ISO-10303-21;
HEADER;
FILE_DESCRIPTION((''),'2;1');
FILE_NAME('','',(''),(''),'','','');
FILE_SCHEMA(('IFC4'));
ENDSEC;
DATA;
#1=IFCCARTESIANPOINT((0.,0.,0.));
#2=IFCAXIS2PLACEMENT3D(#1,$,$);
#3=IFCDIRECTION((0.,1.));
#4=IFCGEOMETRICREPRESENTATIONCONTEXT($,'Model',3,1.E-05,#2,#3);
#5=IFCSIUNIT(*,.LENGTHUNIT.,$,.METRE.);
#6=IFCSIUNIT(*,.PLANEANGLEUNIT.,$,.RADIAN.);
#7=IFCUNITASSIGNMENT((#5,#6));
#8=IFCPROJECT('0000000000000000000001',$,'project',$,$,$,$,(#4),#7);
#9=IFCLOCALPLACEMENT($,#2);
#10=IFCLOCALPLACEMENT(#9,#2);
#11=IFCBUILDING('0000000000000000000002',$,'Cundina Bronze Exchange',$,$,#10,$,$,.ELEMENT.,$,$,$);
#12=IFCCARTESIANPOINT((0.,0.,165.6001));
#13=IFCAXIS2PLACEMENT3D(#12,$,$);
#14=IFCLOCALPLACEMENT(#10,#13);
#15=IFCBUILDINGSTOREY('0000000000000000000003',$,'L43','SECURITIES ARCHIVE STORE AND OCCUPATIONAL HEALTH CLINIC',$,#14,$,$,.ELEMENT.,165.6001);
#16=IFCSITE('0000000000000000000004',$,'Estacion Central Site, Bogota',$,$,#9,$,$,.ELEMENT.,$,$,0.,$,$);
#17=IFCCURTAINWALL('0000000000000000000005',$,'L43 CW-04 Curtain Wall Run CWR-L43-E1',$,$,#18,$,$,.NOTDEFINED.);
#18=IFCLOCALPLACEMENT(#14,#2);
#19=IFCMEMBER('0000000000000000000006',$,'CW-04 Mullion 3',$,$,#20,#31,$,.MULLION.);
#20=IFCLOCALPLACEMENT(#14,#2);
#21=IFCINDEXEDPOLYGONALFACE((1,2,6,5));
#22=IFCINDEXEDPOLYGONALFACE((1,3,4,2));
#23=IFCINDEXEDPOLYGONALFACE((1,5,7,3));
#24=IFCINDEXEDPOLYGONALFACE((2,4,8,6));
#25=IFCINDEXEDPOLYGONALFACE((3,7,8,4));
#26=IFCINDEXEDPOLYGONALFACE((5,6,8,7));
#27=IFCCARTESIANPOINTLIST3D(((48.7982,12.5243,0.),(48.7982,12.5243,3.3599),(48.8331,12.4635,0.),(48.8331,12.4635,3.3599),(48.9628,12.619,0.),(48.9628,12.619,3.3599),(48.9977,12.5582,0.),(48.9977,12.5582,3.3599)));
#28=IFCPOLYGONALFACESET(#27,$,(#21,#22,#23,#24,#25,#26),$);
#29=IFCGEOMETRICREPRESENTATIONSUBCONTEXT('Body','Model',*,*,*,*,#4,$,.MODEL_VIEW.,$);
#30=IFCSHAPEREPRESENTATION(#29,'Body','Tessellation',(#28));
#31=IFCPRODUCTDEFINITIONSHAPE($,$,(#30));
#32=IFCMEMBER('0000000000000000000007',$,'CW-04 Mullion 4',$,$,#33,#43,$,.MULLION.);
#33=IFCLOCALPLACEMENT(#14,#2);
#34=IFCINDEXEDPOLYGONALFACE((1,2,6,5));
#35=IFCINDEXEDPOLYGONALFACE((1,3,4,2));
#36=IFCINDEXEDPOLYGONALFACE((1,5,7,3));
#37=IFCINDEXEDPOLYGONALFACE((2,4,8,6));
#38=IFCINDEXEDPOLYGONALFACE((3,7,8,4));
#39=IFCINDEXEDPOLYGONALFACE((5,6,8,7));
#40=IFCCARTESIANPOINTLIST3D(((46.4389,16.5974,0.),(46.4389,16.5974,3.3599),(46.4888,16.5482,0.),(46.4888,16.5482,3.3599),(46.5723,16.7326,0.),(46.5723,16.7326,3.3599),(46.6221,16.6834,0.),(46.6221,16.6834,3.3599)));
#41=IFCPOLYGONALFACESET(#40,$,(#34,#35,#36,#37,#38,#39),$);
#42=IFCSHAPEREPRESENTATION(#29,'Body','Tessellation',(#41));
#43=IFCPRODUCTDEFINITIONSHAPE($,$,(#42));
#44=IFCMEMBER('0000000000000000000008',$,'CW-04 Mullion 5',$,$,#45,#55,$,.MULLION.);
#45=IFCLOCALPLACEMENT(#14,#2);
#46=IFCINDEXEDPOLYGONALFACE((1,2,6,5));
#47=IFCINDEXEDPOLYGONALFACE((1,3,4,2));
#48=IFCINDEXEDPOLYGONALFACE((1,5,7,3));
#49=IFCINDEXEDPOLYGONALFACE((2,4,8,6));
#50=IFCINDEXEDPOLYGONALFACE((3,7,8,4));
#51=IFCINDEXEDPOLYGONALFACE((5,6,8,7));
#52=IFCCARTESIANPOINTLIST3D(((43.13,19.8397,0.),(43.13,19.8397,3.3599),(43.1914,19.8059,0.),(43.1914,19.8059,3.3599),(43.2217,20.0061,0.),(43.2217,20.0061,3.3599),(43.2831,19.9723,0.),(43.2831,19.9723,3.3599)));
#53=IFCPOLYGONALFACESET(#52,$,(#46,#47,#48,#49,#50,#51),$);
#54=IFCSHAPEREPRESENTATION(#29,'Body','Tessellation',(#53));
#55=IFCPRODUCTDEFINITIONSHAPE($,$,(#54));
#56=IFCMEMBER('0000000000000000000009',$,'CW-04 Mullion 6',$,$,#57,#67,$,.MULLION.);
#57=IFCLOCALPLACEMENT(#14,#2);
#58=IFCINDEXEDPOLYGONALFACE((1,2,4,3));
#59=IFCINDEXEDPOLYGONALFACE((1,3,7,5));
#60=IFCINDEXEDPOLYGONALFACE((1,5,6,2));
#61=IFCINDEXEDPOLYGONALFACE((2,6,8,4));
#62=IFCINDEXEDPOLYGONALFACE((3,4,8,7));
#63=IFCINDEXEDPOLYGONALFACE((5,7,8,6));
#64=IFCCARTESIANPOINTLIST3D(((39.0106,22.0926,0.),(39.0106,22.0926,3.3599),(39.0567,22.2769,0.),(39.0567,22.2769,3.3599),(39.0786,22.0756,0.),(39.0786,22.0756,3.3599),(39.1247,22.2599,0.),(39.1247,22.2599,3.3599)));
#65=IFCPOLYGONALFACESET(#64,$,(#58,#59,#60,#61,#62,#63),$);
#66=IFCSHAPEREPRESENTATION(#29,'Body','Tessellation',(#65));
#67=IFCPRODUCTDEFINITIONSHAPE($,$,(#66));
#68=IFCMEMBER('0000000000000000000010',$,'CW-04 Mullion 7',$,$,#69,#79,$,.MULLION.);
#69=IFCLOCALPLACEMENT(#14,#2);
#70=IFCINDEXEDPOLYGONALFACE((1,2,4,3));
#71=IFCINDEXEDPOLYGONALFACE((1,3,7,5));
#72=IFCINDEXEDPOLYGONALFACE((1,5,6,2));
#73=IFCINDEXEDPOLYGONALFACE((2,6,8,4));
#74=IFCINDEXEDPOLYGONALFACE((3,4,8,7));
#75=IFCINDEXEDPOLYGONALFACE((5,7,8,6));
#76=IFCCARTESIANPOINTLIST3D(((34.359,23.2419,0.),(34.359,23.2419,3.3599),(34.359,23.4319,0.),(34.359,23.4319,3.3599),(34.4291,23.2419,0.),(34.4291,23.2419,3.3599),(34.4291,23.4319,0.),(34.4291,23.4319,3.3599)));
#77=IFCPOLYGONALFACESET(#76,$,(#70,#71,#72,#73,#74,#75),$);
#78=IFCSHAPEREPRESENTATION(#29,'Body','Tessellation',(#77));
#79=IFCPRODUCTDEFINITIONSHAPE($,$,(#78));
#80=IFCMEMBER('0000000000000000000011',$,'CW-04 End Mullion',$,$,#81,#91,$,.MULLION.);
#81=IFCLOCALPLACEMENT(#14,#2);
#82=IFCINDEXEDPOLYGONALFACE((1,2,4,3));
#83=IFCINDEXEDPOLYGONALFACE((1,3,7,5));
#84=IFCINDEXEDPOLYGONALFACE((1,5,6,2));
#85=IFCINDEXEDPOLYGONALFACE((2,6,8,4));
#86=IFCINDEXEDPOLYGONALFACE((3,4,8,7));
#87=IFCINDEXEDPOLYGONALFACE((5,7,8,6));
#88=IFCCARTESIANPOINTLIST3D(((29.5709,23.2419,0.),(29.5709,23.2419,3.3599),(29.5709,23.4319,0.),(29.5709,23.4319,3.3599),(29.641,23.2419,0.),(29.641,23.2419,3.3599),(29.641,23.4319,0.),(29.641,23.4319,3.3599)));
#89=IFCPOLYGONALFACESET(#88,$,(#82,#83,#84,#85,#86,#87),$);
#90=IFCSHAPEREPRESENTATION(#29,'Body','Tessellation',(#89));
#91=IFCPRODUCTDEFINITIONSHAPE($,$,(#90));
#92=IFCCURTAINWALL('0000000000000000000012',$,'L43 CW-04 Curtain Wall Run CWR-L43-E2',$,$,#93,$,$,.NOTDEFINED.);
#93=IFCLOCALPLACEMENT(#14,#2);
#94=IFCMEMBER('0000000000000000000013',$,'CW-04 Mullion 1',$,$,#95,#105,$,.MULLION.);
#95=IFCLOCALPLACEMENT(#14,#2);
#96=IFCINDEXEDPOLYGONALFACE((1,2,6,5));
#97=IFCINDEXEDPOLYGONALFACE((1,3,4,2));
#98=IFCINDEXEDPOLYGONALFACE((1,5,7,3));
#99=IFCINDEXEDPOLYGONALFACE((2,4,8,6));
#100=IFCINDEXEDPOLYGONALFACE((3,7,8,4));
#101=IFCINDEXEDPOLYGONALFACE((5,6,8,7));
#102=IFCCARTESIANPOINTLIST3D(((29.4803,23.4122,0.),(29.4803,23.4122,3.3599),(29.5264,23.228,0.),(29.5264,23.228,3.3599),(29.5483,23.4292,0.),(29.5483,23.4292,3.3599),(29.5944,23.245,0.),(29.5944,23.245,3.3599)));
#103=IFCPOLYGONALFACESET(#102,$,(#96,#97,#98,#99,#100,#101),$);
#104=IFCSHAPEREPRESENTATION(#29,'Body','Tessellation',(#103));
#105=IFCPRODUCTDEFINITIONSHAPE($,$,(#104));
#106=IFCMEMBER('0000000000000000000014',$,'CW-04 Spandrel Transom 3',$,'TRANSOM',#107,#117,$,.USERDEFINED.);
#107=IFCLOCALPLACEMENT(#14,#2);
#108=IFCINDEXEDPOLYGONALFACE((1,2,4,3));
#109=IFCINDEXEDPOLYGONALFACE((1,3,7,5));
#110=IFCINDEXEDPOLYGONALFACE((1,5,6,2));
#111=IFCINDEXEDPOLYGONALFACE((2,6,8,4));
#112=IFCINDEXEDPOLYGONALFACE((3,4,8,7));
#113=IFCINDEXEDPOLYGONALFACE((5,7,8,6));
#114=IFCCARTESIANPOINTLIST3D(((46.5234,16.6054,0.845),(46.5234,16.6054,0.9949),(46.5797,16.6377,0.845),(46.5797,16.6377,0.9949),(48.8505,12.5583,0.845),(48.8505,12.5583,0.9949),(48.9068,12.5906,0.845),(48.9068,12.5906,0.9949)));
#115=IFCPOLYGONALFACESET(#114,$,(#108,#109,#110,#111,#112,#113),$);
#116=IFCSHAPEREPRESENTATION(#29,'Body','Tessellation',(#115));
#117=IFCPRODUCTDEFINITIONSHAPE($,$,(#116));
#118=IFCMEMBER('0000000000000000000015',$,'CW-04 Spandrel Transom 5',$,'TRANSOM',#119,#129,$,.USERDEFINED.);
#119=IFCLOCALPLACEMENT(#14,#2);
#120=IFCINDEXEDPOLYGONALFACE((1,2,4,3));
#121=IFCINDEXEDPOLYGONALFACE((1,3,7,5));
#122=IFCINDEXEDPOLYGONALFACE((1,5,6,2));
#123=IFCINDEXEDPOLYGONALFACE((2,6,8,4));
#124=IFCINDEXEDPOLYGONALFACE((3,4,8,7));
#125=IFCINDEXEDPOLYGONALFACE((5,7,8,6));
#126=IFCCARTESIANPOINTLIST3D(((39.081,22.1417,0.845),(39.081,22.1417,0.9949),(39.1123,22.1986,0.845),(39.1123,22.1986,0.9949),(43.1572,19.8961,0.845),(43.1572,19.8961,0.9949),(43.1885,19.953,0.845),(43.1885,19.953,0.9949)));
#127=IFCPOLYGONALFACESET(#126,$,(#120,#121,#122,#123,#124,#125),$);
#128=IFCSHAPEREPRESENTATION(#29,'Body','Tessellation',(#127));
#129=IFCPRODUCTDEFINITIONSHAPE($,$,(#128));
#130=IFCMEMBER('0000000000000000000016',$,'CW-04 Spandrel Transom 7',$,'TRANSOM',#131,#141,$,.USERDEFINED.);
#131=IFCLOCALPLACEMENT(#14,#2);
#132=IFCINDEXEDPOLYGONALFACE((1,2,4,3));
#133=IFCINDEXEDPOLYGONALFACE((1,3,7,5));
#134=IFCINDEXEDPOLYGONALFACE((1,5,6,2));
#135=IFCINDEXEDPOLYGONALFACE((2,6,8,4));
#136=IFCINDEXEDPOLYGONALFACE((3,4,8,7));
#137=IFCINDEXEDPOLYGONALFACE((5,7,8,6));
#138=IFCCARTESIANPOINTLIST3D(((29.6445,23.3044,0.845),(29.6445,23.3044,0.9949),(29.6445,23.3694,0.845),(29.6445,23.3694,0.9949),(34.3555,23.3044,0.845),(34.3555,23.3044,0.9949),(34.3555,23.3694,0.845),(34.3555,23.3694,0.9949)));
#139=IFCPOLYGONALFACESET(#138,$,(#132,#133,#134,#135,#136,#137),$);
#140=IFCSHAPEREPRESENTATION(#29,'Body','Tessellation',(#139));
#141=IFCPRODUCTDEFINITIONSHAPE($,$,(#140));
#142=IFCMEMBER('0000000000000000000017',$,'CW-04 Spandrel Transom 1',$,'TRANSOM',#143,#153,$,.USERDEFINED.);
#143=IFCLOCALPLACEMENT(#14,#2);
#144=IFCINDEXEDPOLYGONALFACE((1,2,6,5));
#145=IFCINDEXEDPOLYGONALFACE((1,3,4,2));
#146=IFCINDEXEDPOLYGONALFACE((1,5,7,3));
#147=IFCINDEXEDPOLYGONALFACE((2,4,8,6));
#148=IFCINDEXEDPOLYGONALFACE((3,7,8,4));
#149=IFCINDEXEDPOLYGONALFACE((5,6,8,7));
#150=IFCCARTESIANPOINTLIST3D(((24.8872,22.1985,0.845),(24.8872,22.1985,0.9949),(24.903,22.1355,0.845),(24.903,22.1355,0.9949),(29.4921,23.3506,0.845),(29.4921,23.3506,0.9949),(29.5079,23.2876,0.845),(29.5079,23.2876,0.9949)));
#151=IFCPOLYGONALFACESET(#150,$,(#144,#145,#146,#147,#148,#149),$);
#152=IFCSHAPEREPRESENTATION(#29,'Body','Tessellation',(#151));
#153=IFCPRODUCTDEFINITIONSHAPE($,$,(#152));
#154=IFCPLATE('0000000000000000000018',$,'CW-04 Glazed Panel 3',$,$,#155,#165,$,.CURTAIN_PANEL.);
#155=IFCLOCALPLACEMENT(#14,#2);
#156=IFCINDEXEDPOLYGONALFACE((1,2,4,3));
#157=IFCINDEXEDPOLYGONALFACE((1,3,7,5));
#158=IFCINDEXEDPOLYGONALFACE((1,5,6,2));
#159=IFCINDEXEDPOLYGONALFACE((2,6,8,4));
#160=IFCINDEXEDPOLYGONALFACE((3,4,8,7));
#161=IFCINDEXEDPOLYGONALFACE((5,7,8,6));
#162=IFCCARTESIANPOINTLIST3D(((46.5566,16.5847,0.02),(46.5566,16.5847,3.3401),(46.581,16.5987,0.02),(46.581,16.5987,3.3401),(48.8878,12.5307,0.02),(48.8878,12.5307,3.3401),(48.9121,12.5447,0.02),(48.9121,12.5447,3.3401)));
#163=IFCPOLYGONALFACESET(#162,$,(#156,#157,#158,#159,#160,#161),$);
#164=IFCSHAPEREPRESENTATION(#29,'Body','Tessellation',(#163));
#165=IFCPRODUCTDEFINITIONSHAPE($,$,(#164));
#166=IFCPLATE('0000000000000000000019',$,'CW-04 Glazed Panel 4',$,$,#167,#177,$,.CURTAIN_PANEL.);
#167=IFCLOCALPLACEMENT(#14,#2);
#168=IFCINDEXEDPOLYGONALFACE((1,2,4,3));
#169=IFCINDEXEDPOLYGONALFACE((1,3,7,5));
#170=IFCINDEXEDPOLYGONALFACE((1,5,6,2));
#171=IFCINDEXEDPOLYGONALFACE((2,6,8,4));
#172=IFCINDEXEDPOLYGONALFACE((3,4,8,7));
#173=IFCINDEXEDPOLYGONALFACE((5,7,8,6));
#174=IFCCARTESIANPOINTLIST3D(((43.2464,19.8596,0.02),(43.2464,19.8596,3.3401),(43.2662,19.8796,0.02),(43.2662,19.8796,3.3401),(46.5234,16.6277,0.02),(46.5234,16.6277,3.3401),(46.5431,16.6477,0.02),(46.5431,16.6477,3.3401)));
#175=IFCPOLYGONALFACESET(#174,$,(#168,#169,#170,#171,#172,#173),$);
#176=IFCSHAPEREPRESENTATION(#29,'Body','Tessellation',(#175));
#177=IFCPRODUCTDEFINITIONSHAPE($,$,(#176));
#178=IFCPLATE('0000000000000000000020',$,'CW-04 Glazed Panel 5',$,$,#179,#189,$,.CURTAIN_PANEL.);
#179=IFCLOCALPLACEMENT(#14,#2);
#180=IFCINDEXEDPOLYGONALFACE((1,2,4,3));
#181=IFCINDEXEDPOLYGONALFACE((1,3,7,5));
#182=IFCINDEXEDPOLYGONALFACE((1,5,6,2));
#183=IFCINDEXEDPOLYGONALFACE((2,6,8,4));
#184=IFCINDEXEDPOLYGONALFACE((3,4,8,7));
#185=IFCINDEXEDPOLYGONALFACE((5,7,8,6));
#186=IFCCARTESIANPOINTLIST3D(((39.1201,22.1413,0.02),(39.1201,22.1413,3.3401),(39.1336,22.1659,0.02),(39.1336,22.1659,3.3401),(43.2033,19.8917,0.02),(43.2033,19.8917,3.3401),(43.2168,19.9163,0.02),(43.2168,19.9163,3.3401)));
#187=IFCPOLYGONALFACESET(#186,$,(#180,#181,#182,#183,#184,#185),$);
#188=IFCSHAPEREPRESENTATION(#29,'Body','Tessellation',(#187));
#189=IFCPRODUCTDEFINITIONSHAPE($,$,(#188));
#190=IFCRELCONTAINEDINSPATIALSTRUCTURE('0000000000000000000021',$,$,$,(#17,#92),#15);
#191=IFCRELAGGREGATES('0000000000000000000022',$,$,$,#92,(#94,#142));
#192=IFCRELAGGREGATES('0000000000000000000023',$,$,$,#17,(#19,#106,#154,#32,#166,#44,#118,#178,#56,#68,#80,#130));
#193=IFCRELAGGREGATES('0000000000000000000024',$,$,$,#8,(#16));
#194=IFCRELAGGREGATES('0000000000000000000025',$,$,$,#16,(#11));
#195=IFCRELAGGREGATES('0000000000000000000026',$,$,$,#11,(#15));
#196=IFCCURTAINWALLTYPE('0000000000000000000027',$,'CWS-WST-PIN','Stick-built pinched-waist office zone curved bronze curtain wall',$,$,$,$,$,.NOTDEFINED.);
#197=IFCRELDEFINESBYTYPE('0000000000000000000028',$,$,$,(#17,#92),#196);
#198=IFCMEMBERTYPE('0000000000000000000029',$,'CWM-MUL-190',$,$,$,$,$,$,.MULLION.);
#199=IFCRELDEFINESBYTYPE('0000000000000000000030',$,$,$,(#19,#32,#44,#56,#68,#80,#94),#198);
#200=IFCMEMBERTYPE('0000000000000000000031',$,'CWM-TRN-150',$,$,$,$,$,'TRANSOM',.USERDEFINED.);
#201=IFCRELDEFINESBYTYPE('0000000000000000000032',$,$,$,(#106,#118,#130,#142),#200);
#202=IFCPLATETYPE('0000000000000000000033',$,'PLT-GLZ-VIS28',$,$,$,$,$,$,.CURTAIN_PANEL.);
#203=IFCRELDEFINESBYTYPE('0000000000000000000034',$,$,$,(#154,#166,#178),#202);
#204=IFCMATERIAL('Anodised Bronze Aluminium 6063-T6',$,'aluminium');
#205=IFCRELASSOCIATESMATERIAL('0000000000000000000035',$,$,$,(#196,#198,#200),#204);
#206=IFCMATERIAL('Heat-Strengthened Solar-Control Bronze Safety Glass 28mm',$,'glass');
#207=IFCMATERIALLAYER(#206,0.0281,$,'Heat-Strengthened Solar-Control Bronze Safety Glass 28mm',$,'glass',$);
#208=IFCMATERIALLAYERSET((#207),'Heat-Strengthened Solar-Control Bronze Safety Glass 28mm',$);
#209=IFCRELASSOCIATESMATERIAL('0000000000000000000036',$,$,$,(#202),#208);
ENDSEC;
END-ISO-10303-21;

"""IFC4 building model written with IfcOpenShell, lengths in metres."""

from ifc_helpers import new_model, si_unit, direction, frame, origin, origin_2d, place, context, subcontext, project, spatial, rectangle, extrude, material, layer, layer_set, material_profile, profile_set, type_object, element, aggregate, save


model = new_model("IFC4")

# Units and contexts
model_context = context("Model", 3, precision=1e-05, world=origin(), true_north=direction((0.0, 1.0)))
body_context = subcontext(model_context, "Body", "Model", "MODEL_VIEW")
ifc_project = project(units=[si_unit("LENGTHUNIT", "METRE"), si_unit("PLANEANGLEUNIT", "RADIAN")], contexts=[model_context])

# Site, building, storey
site_placement = place(None, origin())
site = spatial("IfcSite", under=ifc_project, at=site_placement, Name="Estacion Central Site, Bogota", CompositionType="ELEMENT", RefElevation=0.0)
building_placement = place(site_placement, origin())
building = spatial("IfcBuilding", under=site, at=building_placement, Name="Cundina Bronze Exchange", CompositionType="ELEMENT")
storey_placement = place(building_placement, frame((0.0, 0.0, 165.6001)))
storey = spatial("IfcBuildingStorey", under=building, at=storey_placement, Name="L43", Description="SECURITIES ARCHIVE STORE AND OCCUPATIONAL HEALTH CLINIC", CompositionType="ELEMENT", Elevation=165.6001)

# Curtain wall, members
ifc_material_1 = material(Name="Anodised Bronze Aluminium 6063-T6", Category="aluminium")
curtain_wall_type = type_object("IfcCurtainWallType", Name="CWS-WST-PIN", Description="Stick-built pinched-waist office zone curved bronze curtain wall", PredefinedType="NOTDEFINED", material=ifc_material_1)
curtain_wall_1_placement = place(storey_placement, origin())
curtain_wall_1 = element("IfcCurtainWall", 1, at=curtain_wall_1_placement, inside=storey, type_object=curtain_wall_type, Name="L43 CW-04 Curtain Wall Run CWR-L43-E1", PredefinedType="NOTDEFINED")
ifc_material_profile_1 = material_profile(ifc_material_1, rectangle(XDim=0.0701, YDim=0.1899, at=origin_2d()), Name="AL70X190", Category="aluminium")
ifc_profile_set_1 = profile_set([ifc_material_profile_1], Name="Anodised Bronze Aluminium 6063-T6")
member_type_1 = type_object("IfcMemberType", Name="CWM-MUL-190", PredefinedType="MULLION", material=ifc_profile_set_1)
member_1_placement = place(storey_placement, frame((48.8979, 12.5413, 0.0), z_axis=(0.0, 0.0, 1.0), x_axis=(-0.498488, 0.866897, 0.0)))
member_1 = element("IfcMember", 2, at=member_1_placement, type_object=member_type_1, Name="CW-04 Mullion 3", PredefinedType="MULLION", context=body_context, shape_type="SweptSolid", body=[
    extrude(rectangle(XDim=0.0701, YDim=0.1899, at=origin_2d()), origin(), (0.0, 0.0, 1.0), 3.3599),
])
member_2_placement = place(storey_placement, frame((46.5305, 16.6404, 0.0), z_axis=(0.0, 0.0, 1.0), x_axis=(-0.712026, 0.702153, 0.0)))
member_2 = element("IfcMember", 3, at=member_2_placement, type_object=member_type_1, Name="CW-04 Mullion 4", PredefinedType="MULLION", context=body_context, shape_type="SweptSolid", body=[
    extrude(rectangle(XDim=0.0701, YDim=0.1899, at=origin_2d()), origin(), (0.0, 0.0, 1.0), 3.3599),
])
member_3_placement = place(storey_placement, frame((43.2065, 19.906, 0.0), z_axis=(0.0, 0.0, 1.0), x_axis=(-0.875886, 0.482518, 0.0)))
member_3 = element("IfcMember", 4, at=member_3_placement, type_object=member_type_1, Name="CW-04 Mullion 5", PredefinedType="MULLION", context=body_context, shape_type="SweptSolid", body=[
    extrude(rectangle(XDim=0.0701, YDim=0.1899, at=origin_2d()), origin(), (0.0, 0.0, 1.0), 3.3599),
])
member_4_placement = place(storey_placement, frame((39.0676, 22.1763, 0.0), z_axis=(0.0, 0.0, 1.0), x_axis=(-0.970084, 0.242769, 0.0)))
member_4 = element("IfcMember", 5, at=member_4_placement, type_object=member_type_1, Name="CW-04 Mullion 6", PredefinedType="MULLION", context=body_context, shape_type="SweptSolid", body=[
    extrude(rectangle(XDim=0.0701, YDim=0.1899, at=origin_2d()), origin(), (0.0, 0.0, 1.0), 3.3599),
])
member_5_placement = place(storey_placement, frame((34.394, 23.3369, 0.0), z_axis=(0.0, 0.0, 1.0), x_axis=(-1.0, 0.0, 0.0)))
member_5 = element("IfcMember", 6, at=member_5_placement, type_object=member_type_1, Name="CW-04 Mullion 7", PredefinedType="MULLION", context=body_context, shape_type="SweptSolid", body=[
    extrude(rectangle(XDim=0.0701, YDim=0.1899, at=origin_2d()), origin(), (0.0, 0.0, 1.0), 3.3599),
])
member_6_placement = place(storey_placement, frame((29.606, 23.3369, 0.0), z_axis=(0.0, 0.0, 1.0), x_axis=(-1.0, 0.0, 0.0)))
member_6 = element("IfcMember", 7, at=member_6_placement, type_object=member_type_1, Name="CW-04 End Mullion", PredefinedType="MULLION", context=body_context, shape_type="SweptSolid", body=[
    extrude(rectangle(XDim=0.0701, YDim=0.1899, at=origin_2d()), origin(), (0.0, 0.0, 1.0), 3.3599),
])

# Curtain wall, member
curtain_wall_2_placement = place(storey_placement, origin())
curtain_wall_2 = element("IfcCurtainWall", 8, at=curtain_wall_2_placement, inside=storey, type_object=curtain_wall_type, Name="L43 CW-04 Curtain Wall Run CWR-L43-E2", PredefinedType="NOTDEFINED")
member_7_placement = place(storey_placement, frame((29.5374, 23.3286, 0.0), z_axis=(0.0, 0.0, 1.0), x_axis=(-0.970084, -0.242769, 0.0)))
member_7 = element("IfcMember", 9, at=member_7_placement, type_object=member_type_1, Name="CW-04 Mullion 1", PredefinedType="MULLION", context=body_context, shape_type="SweptSolid", body=[
    extrude(rectangle(XDim=0.0701, YDim=0.1899, at=origin_2d()), origin(), (0.0, 0.0, 1.0), 3.3599),
])

# Members
ifc_material_profile_2 = material_profile(ifc_material_1, rectangle(XDim=0.0649, YDim=0.1499, at=origin_2d()), Name="AL65X150", Category="aluminium")
ifc_profile_set_2 = profile_set([ifc_material_profile_2], Name="Anodised Bronze Aluminium 6063-T6")
member_type_2 = type_object("IfcMemberType", Name="CWM-TRN-150", ElementType="TRANSOM", PredefinedType="USERDEFINED", material=ifc_profile_set_2)
member_8_placement = place(storey_placement, frame((48.8787, 12.5745, 0.9199), z_axis=(-0.49848, 0.866901, 0.0), x_axis=(-0.866901, -0.49848, 0.0)))
member_8 = element("IfcMember", 10, at=member_8_placement, type_object=member_type_2, Name="CW-04 Spandrel Transom 3", ObjectType="TRANSOM", PredefinedType="USERDEFINED", context=body_context, shape_type="SweptSolid", body=[
    extrude(rectangle(XDim=0.0649, YDim=0.1499, at=origin_2d()), origin(), (0.0, 0.0, 1.0), 4.6685),
])
member_9_placement = place(storey_placement, frame((43.1729, 19.9246, 0.9199), z_axis=(-0.875879, 0.482531, 0.0), x_axis=(-0.482531, -0.875879, 0.0)))
member_9 = element("IfcMember", 11, at=member_9_placement, type_object=member_type_2, Name="CW-04 Spandrel Transom 5", ObjectType="TRANSOM", PredefinedType="USERDEFINED", context=body_context, shape_type="SweptSolid", body=[
    extrude(rectangle(XDim=0.0649, YDim=0.1499, at=origin_2d()), origin(), (0.0, 0.0, 1.0), 4.6538),
])
member_10_placement = place(storey_placement, frame((34.3555, 23.3369, 0.9199), z_axis=(-1.0, 0.0, 0.0), x_axis=(0.0, -1.0, 0.0)))
member_10 = element("IfcMember", 12, at=member_10_placement, type_object=member_type_2, Name="CW-04 Spandrel Transom 7", ObjectType="TRANSOM", PredefinedType="USERDEFINED", context=body_context, shape_type="SweptSolid", body=[
    extrude(rectangle(XDim=0.0649, YDim=0.1499, at=origin_2d()), origin(), (0.0, 0.0, 1.0), 4.7109),
])
member_11_placement = place(storey_placement, frame((29.5, 23.3191, 0.9199), z_axis=(-0.9701, -0.242705, 0.0), x_axis=(0.242705, -0.9701, 0.0)))
member_11 = element("IfcMember", 13, at=member_11_placement, type_object=member_type_2, Name="CW-04 Spandrel Transom 1", ObjectType="TRANSOM", PredefinedType="USERDEFINED", context=body_context, shape_type="SweptSolid", body=[
    extrude(rectangle(XDim=0.0649, YDim=0.1499, at=origin_2d()), origin(), (0.0, 0.0, 1.0), 4.7468),
])
aggregate(curtain_wall_2, [member_7, member_11])

# Plates
ifc_material_2 = material(Name="Heat-Strengthened Solar-Control Bronze Safety Glass 28mm", Category="glass")
ifc_layer_1 = layer(ifc_material_2, 0.0281, Name="Heat-Strengthened Solar-Control Bronze Safety Glass 28mm", Category="glass")
ifc_layer_set_1 = layer_set([ifc_layer_1], Name="Heat-Strengthened Solar-Control Bronze Safety Glass 28mm")
plate_type_1 = type_object("IfcPlateType", Name="PLT-GLZ-VIS28", PredefinedType="CURTAIN_PANEL", material=ifc_layer_set_1)
plate_1_placement = place(storey_placement, frame((47.7344, 14.5647, 0.02), z_axis=(0.0, 0.0, 1.0), x_axis=(-0.498488, 0.866897, 0.0)))
plate_1 = element("IfcPlate", 14, at=plate_1_placement, type_object=plate_type_1, Name="CW-04 Glazed Panel 3", PredefinedType="CURTAIN_PANEL", context=body_context, shape_type="SweptSolid", body=[
    extrude(rectangle(XDim=4.6765, YDim=0.0281, at=origin_2d()), origin(), (0.0, 0.0, 1.0), 3.3201),
])
plate_2_placement = place(storey_placement, frame((44.8948, 18.2537, 0.02), z_axis=(0.0, 0.0, 1.0), x_axis=(-0.711989, 0.70219, 0.0)))
plate_2 = element("IfcPlate", 15, at=plate_2_placement, type_object=plate_type_1, Name="CW-04 Glazed Panel 4", PredefinedType="CURTAIN_PANEL", context=body_context, shape_type="SweptSolid", body=[
    extrude(rectangle(XDim=4.6025, YDim=0.0281, at=origin_2d()), origin(), (0.0, 0.0, 1.0), 3.3201),
])
plate_3_placement = place(storey_placement, frame((41.1685, 21.0288, 0.02), z_axis=(0.0, 0.0, 1.0), x_axis=(-0.875869, 0.482549, 0.0)))
plate_3 = element("IfcPlate", 16, at=plate_3_placement, type_object=plate_type_1, Name="CW-04 Glazed Panel 5", PredefinedType="CURTAIN_PANEL", context=body_context, shape_type="SweptSolid", body=[
    extrude(rectangle(XDim=4.6619, YDim=0.0281, at=origin_2d()), origin(), (0.0, 0.0, 1.0), 3.3201),
])
aggregate(curtain_wall_1, [member_1, member_8, plate_1, member_2, plate_2, member_3, member_9, plate_3, member_4, member_5, member_6, member_10])

save(model, "model.ifc")
